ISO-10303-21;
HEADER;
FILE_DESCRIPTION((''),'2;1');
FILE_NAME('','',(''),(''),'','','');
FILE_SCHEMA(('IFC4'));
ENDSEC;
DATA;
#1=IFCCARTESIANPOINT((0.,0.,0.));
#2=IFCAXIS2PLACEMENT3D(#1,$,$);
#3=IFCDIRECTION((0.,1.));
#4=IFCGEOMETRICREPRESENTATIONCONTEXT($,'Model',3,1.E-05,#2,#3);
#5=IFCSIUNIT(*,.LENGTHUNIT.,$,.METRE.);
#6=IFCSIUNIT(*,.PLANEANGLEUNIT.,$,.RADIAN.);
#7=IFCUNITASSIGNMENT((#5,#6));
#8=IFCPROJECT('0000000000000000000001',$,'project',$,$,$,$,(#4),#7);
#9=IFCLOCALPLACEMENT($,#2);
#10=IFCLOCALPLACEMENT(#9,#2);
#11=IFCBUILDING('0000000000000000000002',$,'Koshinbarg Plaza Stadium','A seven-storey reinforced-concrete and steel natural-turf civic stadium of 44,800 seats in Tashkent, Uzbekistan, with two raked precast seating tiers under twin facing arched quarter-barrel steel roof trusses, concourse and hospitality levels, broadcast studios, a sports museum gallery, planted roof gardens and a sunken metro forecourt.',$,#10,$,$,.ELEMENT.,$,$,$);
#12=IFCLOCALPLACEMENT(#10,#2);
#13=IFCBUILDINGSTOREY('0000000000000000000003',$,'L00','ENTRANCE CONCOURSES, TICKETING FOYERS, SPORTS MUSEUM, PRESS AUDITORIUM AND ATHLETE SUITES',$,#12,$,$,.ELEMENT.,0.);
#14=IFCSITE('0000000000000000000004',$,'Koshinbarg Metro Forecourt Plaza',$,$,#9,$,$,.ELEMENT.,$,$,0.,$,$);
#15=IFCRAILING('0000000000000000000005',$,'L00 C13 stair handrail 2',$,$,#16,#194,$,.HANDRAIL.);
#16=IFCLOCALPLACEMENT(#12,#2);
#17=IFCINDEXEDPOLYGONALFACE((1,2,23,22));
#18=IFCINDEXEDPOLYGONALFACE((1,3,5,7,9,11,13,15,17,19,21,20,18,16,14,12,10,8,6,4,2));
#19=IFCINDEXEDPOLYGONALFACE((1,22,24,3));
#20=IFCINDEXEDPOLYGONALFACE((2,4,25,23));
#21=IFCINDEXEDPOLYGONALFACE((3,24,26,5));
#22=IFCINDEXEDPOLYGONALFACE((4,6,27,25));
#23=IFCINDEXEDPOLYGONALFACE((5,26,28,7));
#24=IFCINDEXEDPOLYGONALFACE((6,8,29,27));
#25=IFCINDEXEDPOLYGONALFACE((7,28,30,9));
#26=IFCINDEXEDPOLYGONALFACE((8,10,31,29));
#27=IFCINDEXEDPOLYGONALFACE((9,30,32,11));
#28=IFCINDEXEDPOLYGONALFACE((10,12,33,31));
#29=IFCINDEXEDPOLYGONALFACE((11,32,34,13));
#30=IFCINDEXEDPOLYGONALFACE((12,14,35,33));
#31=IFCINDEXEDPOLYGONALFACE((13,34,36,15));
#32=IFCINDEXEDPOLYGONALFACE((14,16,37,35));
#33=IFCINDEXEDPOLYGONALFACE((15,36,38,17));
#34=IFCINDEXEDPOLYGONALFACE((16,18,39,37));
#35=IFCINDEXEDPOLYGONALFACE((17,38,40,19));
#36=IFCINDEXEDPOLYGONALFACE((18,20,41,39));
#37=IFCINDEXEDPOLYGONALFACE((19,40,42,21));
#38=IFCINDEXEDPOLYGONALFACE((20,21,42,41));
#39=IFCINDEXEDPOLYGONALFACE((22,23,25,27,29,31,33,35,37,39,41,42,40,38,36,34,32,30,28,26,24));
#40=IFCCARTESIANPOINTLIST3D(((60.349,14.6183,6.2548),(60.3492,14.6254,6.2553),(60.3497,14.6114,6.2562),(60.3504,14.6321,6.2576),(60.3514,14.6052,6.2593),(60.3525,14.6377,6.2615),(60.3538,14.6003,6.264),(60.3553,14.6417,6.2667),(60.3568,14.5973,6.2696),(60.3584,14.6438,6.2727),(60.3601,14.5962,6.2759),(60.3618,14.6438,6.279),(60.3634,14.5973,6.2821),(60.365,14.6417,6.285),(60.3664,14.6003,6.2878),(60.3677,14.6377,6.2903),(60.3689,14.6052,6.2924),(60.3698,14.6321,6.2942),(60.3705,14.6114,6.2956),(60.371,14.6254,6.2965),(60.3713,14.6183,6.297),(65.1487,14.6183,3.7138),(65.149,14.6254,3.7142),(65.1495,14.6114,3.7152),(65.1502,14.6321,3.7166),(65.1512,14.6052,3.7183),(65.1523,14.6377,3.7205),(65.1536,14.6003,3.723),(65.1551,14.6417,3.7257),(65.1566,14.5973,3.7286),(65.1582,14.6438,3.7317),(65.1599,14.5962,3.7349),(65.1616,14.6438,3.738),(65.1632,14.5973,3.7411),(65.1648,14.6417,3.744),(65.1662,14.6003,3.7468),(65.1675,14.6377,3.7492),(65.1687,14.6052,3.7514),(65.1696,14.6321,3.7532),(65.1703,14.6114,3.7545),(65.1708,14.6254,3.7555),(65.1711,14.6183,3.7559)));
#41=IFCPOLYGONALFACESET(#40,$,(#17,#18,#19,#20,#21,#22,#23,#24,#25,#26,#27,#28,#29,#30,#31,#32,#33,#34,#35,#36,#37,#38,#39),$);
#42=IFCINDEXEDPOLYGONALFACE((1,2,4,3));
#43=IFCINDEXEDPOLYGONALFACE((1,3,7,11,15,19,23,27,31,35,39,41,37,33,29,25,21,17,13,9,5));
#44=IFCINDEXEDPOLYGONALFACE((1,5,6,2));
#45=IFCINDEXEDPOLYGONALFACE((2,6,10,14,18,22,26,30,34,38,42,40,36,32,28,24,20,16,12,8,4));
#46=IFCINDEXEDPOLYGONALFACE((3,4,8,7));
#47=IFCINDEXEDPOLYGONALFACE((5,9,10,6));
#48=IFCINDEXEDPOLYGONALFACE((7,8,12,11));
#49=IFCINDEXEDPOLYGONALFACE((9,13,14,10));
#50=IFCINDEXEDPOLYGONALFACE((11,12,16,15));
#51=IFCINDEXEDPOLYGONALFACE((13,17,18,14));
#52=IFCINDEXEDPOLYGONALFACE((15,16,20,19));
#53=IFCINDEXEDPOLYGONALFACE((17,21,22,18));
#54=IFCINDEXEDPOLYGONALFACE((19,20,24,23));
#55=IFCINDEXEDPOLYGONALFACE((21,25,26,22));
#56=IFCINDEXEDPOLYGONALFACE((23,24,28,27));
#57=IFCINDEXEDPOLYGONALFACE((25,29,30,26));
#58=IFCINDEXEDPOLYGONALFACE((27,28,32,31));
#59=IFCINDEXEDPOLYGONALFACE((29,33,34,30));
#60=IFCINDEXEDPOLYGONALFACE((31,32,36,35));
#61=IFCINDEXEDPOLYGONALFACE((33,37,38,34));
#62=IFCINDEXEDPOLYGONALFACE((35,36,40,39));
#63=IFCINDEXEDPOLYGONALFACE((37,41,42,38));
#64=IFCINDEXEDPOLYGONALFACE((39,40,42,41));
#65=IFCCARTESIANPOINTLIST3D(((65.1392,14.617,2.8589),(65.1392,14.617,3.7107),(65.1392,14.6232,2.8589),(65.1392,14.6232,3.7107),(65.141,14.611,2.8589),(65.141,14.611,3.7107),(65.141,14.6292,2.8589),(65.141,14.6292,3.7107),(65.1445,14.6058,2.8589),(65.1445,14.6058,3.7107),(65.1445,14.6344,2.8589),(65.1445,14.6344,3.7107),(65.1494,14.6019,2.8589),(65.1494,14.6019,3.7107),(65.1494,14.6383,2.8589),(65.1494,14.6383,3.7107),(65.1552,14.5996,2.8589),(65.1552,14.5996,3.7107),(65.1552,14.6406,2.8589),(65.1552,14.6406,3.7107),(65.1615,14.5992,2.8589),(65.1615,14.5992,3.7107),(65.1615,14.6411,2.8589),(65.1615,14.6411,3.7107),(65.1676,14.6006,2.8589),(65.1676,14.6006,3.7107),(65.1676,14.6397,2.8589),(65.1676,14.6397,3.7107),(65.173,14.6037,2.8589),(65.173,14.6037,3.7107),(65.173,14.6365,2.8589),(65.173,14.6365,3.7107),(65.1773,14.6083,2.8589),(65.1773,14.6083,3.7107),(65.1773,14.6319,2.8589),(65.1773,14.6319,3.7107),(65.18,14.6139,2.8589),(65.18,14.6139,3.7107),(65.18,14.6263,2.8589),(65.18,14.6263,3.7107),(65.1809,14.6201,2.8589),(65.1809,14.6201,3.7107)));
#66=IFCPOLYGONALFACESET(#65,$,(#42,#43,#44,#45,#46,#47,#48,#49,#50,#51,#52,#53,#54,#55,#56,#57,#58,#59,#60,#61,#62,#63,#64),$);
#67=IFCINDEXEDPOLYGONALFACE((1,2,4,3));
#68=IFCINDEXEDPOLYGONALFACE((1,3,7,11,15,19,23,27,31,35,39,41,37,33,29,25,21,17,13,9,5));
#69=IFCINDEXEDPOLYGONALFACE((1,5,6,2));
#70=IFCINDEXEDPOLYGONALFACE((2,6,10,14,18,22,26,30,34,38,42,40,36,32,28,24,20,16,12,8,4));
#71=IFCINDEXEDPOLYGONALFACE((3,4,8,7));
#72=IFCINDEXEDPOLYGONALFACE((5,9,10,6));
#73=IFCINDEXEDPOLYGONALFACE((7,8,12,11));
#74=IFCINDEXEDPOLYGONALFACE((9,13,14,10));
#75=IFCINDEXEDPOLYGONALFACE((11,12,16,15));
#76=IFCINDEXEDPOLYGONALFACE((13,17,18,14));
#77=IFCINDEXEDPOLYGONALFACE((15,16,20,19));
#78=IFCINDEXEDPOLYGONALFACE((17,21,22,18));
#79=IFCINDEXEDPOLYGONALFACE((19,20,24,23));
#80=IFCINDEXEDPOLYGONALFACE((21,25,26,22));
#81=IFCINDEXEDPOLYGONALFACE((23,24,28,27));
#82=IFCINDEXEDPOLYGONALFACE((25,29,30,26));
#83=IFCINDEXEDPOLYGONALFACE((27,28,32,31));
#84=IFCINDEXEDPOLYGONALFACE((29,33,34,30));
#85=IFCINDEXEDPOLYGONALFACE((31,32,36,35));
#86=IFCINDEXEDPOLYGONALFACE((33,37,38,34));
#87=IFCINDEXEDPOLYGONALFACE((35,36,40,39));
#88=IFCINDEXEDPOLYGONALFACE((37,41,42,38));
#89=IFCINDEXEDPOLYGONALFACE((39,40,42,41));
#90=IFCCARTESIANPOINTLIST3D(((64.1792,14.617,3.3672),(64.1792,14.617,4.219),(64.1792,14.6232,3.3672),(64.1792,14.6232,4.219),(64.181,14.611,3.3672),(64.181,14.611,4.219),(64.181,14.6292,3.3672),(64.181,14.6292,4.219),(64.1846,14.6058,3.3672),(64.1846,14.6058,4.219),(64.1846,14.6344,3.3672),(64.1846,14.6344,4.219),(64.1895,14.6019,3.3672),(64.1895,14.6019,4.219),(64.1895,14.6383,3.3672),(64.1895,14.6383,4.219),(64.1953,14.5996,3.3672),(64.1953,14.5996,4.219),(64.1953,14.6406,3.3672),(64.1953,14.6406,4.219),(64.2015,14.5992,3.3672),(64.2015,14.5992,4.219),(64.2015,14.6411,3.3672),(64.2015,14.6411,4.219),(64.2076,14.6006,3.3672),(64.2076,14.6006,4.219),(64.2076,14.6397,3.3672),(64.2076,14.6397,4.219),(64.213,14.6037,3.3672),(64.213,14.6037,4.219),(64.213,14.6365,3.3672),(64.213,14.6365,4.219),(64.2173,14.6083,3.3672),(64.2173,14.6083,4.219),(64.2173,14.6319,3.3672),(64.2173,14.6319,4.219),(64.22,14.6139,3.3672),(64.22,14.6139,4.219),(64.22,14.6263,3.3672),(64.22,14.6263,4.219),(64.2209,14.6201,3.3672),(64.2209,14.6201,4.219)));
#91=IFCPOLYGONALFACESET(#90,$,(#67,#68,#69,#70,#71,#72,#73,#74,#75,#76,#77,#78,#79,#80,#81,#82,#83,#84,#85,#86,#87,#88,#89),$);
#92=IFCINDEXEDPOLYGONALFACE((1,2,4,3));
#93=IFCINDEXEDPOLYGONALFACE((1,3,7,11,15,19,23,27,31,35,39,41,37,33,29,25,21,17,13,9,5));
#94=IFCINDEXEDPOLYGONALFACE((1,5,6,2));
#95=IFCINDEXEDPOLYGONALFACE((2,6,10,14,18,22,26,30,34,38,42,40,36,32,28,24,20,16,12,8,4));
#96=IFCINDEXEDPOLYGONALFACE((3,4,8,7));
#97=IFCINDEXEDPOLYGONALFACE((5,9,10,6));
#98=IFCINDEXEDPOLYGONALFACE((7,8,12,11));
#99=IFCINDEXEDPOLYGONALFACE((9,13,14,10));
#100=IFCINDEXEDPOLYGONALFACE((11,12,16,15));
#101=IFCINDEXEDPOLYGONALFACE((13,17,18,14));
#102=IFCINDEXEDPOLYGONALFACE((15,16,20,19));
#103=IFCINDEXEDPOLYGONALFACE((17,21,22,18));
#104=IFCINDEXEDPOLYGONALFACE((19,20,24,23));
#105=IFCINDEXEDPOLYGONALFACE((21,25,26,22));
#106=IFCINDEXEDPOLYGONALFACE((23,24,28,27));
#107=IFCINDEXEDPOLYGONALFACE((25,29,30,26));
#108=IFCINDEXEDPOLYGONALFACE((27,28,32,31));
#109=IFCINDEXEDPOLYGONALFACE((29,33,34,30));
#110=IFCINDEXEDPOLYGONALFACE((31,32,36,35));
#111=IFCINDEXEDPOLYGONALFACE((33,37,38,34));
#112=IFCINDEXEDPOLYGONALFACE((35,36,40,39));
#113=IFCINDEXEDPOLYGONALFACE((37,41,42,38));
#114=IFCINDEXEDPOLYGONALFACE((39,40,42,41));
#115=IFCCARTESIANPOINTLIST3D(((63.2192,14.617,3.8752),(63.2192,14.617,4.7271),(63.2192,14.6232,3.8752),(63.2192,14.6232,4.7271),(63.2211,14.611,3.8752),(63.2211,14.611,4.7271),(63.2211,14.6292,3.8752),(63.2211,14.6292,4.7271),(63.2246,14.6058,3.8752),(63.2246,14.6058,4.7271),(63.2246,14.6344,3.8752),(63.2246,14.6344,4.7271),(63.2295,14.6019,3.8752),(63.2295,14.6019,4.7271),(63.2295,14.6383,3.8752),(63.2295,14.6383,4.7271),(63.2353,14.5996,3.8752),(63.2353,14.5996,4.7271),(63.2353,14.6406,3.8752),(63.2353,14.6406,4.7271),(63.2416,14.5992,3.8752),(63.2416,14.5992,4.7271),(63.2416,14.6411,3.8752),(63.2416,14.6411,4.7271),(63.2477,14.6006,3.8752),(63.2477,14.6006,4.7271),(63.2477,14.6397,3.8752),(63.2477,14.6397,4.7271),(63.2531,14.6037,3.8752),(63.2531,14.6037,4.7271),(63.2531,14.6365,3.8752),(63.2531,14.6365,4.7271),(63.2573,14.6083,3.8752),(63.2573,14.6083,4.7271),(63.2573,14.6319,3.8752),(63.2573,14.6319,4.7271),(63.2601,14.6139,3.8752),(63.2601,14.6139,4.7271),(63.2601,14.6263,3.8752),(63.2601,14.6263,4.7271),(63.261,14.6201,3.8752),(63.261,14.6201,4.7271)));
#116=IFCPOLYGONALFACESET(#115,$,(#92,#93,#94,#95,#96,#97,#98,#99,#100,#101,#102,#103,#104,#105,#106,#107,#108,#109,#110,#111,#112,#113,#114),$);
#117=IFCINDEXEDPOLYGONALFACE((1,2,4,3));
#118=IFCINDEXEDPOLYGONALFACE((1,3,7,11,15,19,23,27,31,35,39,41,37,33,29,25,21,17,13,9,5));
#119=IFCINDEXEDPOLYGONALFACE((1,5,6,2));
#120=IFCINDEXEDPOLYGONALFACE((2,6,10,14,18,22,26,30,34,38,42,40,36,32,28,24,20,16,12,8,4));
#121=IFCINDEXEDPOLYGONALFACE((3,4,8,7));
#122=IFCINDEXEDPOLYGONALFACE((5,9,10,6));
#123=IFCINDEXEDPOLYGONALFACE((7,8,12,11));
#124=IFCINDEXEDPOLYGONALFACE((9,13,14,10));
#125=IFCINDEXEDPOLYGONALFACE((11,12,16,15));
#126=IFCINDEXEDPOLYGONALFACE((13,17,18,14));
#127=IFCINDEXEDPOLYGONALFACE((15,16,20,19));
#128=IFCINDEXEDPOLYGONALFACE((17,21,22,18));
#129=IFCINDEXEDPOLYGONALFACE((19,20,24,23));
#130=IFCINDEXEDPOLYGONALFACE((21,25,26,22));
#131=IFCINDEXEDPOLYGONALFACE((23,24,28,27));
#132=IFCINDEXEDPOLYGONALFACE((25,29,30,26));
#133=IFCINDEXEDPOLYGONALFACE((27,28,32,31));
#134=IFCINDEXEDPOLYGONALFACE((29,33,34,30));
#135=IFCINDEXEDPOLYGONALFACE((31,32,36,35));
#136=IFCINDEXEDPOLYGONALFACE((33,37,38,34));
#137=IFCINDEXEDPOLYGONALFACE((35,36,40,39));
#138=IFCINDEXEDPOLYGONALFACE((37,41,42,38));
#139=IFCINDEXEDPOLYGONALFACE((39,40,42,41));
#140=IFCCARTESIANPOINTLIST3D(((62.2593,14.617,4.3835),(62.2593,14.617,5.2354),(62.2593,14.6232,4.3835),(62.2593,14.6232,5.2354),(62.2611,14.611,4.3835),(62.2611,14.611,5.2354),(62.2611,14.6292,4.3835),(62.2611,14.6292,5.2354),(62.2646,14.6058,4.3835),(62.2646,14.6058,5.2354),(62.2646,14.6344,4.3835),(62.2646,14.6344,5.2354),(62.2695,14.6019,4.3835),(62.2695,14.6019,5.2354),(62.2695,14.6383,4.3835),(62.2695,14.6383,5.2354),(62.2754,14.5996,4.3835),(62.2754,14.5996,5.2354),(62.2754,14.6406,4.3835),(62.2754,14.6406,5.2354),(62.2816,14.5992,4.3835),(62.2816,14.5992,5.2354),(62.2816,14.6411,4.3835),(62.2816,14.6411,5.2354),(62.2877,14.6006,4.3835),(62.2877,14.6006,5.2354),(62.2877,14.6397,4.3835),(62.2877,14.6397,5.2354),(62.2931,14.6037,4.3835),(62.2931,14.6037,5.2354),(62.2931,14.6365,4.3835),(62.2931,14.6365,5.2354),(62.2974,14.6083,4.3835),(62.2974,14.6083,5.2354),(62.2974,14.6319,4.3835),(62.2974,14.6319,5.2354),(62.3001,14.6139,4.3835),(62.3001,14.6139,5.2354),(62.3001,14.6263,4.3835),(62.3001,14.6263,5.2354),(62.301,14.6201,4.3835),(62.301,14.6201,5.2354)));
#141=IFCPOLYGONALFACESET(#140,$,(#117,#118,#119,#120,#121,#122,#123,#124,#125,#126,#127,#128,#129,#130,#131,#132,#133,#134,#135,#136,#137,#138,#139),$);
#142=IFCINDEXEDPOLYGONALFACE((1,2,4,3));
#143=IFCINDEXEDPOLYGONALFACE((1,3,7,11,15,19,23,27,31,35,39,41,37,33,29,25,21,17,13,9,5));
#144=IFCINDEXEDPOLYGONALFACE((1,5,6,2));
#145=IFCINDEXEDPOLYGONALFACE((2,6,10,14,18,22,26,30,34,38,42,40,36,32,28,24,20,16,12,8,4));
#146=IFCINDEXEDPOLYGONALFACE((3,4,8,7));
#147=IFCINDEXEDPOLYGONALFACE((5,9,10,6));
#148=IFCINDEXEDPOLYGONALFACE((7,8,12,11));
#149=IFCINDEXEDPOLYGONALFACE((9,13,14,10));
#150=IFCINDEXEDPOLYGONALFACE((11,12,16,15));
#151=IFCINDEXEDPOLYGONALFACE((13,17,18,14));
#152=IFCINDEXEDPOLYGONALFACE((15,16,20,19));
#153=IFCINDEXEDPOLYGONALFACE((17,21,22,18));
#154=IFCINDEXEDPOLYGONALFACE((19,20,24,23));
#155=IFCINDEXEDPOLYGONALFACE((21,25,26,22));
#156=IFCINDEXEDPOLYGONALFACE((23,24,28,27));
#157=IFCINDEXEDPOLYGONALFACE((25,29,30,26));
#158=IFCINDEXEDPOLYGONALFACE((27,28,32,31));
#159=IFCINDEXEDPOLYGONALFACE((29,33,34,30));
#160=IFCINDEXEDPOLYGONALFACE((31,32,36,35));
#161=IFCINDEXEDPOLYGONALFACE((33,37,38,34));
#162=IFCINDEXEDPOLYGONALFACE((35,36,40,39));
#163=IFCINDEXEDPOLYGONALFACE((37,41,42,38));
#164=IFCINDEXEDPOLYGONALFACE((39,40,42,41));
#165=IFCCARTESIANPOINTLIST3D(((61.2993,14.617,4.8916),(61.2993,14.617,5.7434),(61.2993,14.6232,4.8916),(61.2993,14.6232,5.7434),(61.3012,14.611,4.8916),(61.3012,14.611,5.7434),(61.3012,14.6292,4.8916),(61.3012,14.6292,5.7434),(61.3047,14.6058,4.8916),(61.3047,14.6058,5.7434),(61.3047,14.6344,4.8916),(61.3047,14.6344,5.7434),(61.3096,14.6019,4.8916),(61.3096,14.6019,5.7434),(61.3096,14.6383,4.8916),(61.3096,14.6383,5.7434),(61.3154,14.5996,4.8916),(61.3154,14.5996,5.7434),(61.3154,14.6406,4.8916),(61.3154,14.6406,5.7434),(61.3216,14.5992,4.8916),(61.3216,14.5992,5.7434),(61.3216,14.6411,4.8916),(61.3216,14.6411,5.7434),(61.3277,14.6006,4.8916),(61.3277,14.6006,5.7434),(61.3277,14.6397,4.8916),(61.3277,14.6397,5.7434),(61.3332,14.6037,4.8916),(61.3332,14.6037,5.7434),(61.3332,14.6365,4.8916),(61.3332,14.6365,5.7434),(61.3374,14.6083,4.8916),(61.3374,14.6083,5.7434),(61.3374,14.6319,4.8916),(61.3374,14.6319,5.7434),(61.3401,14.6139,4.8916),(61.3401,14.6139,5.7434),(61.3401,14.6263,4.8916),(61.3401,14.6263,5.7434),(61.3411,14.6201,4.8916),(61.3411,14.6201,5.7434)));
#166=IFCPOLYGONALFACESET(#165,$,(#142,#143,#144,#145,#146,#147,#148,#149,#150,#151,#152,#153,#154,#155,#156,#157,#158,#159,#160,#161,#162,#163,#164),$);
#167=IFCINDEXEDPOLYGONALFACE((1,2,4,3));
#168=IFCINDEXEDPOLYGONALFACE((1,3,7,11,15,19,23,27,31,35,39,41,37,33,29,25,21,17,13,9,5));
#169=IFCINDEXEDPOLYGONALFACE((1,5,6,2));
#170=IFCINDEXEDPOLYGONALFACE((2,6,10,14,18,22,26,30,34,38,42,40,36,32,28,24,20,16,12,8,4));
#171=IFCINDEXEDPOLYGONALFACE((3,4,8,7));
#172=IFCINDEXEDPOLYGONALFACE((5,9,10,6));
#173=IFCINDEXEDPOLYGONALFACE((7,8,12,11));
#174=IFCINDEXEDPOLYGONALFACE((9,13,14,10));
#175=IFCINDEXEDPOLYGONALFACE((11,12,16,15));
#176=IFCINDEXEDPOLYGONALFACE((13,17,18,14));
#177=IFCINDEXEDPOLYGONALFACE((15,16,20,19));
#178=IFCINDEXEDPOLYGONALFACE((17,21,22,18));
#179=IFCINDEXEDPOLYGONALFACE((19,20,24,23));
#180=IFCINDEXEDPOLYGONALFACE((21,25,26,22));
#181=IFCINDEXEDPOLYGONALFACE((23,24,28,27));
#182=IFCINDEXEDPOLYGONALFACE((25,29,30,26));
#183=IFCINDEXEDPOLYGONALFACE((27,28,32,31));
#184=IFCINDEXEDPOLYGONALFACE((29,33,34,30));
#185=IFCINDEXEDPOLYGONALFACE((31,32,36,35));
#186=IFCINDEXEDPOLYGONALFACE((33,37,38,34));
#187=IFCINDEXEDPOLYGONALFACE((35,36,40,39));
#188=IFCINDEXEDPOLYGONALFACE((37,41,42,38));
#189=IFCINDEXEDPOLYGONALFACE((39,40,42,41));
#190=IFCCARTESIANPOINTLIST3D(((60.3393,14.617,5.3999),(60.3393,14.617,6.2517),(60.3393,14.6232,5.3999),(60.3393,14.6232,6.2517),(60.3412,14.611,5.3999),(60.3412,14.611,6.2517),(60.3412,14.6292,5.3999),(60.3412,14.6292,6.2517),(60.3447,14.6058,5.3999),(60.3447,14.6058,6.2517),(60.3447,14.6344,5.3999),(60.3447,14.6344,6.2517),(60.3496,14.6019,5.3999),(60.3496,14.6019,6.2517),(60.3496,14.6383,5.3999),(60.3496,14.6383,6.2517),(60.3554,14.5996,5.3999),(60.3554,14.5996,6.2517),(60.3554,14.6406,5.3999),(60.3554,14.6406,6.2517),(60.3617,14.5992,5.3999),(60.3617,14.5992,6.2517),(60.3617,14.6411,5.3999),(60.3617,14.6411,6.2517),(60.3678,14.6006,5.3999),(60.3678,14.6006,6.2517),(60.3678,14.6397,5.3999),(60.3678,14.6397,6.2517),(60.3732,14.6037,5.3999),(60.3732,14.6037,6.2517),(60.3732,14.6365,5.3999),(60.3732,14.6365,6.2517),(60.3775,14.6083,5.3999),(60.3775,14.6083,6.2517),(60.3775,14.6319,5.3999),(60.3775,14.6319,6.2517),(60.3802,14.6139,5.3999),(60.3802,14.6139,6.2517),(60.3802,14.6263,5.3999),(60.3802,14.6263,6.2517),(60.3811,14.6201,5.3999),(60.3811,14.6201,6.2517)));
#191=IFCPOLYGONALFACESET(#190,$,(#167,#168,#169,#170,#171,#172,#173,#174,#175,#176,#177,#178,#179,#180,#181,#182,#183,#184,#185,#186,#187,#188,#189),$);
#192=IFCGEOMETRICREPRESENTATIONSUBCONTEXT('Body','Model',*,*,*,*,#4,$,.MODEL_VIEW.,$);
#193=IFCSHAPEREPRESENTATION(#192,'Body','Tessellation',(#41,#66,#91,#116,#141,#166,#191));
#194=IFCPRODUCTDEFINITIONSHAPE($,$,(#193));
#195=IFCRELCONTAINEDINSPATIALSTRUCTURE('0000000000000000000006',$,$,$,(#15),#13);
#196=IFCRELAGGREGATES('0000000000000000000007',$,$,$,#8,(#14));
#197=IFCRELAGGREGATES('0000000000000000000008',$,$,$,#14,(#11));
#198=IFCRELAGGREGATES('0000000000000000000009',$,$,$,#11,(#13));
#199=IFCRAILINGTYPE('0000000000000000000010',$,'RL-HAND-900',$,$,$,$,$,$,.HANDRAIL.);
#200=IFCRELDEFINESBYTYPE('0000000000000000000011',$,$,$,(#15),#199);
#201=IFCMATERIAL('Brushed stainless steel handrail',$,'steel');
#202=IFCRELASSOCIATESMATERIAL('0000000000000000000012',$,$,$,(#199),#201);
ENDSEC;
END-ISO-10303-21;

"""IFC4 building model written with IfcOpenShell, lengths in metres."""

from ifc_helpers import new_model, si_unit, direction, frame, origin, origin_2d, place, context, subcontext, project, spatial, circle, extrude, material, type_object, element, save


model = new_model("IFC4")

# Units and contexts
model_context = context("Model", 3, precision=1e-05, world=origin(), true_north=direction((0.0, 1.0)))
body_context = subcontext(model_context, "Body", "Model", "MODEL_VIEW")
ifc_project = project(units=[si_unit("LENGTHUNIT", "METRE"), si_unit("PLANEANGLEUNIT", "RADIAN")], contexts=[model_context])

# Site, building, storey
site_placement = place(None, origin())
site = spatial("IfcSite", under=ifc_project, at=site_placement, Name="Koshinbarg Metro Forecourt Plaza", CompositionType="ELEMENT", RefElevation=0.0)
building_placement = place(site_placement, origin())
building = spatial("IfcBuilding", under=site, at=building_placement, Name="Koshinbarg Plaza Stadium", Description="A seven-storey reinforced-concrete and steel natural-turf civic stadium of 44,800 seats in Tashkent, Uzbekistan, with two raked precast seating tiers under twin facing arched quarter-barrel steel roof trusses, concourse and hospitality levels, broadcast studios, a sports museum gallery, planted roof gardens and a sunken metro forecourt.", CompositionType="ELEMENT")
storey_placement = place(building_placement, origin())
storey = spatial("IfcBuildingStorey", under=building, at=storey_placement, Name="L00", Description="ENTRANCE CONCOURSES, TICKETING FOYERS, SPORTS MUSEUM, PRESS AUDITORIUM AND ATHLETE SUITES", CompositionType="ELEMENT", Elevation=0.0)

# Railing
ifc_material_1 = material(Name="Brushed stainless steel handrail", Category="steel")
railing_type_1 = type_object("IfcRailingType", Name="RL-HAND-900", PredefinedType="HANDRAIL", material=ifc_material_1)
railing_1_placement = place(storey_placement, frame((65.1599, 14.6201, 2.8589)))
element("IfcRailing", 1, at=railing_1_placement, inside=storey, type_object=railing_type_1, Name="L00 C13 stair handrail 2", PredefinedType="HANDRAIL", context=body_context, shape_type="SweptSolid", body=[
    extrude(circle(Radius=0.0239, at=origin_2d()), frame((0.0, 0.0, 0.876), z_axis=(-0.883792, 0.0, 0.467879), x_axis=(0.0, -1.0, 0.0)), (0.0, 0.0, 1.0), 5.4309),
    extrude(circle(Radius=0.021, at=origin_2d()), origin(), (0.0, 0.0, 1.0), 0.8518),
    extrude(circle(Radius=0.021, at=origin_2d()), frame((-0.96, 0.0, 0.5083)), (0.0, 0.0, 1.0), 0.8518),
    extrude(circle(Radius=0.021, at=origin_2d()), frame((-1.9199, 0.0, 1.0164)), (0.0, 0.0, 1.0), 0.8518),
    extrude(circle(Radius=0.021, at=origin_2d()), frame((-2.8799, 0.0, 1.5247)), (0.0, 0.0, 1.0), 0.8518),
    extrude(circle(Radius=0.021, at=origin_2d()), frame((-3.8398, 0.0, 2.0327)), (0.0, 0.0, 1.0), 0.8518),
    extrude(circle(Radius=0.021, at=origin_2d()), frame((-4.7998, 0.0, 2.541)), (0.0, 0.0, 1.0), 0.8518),
])

save(model, "model.ifc")
